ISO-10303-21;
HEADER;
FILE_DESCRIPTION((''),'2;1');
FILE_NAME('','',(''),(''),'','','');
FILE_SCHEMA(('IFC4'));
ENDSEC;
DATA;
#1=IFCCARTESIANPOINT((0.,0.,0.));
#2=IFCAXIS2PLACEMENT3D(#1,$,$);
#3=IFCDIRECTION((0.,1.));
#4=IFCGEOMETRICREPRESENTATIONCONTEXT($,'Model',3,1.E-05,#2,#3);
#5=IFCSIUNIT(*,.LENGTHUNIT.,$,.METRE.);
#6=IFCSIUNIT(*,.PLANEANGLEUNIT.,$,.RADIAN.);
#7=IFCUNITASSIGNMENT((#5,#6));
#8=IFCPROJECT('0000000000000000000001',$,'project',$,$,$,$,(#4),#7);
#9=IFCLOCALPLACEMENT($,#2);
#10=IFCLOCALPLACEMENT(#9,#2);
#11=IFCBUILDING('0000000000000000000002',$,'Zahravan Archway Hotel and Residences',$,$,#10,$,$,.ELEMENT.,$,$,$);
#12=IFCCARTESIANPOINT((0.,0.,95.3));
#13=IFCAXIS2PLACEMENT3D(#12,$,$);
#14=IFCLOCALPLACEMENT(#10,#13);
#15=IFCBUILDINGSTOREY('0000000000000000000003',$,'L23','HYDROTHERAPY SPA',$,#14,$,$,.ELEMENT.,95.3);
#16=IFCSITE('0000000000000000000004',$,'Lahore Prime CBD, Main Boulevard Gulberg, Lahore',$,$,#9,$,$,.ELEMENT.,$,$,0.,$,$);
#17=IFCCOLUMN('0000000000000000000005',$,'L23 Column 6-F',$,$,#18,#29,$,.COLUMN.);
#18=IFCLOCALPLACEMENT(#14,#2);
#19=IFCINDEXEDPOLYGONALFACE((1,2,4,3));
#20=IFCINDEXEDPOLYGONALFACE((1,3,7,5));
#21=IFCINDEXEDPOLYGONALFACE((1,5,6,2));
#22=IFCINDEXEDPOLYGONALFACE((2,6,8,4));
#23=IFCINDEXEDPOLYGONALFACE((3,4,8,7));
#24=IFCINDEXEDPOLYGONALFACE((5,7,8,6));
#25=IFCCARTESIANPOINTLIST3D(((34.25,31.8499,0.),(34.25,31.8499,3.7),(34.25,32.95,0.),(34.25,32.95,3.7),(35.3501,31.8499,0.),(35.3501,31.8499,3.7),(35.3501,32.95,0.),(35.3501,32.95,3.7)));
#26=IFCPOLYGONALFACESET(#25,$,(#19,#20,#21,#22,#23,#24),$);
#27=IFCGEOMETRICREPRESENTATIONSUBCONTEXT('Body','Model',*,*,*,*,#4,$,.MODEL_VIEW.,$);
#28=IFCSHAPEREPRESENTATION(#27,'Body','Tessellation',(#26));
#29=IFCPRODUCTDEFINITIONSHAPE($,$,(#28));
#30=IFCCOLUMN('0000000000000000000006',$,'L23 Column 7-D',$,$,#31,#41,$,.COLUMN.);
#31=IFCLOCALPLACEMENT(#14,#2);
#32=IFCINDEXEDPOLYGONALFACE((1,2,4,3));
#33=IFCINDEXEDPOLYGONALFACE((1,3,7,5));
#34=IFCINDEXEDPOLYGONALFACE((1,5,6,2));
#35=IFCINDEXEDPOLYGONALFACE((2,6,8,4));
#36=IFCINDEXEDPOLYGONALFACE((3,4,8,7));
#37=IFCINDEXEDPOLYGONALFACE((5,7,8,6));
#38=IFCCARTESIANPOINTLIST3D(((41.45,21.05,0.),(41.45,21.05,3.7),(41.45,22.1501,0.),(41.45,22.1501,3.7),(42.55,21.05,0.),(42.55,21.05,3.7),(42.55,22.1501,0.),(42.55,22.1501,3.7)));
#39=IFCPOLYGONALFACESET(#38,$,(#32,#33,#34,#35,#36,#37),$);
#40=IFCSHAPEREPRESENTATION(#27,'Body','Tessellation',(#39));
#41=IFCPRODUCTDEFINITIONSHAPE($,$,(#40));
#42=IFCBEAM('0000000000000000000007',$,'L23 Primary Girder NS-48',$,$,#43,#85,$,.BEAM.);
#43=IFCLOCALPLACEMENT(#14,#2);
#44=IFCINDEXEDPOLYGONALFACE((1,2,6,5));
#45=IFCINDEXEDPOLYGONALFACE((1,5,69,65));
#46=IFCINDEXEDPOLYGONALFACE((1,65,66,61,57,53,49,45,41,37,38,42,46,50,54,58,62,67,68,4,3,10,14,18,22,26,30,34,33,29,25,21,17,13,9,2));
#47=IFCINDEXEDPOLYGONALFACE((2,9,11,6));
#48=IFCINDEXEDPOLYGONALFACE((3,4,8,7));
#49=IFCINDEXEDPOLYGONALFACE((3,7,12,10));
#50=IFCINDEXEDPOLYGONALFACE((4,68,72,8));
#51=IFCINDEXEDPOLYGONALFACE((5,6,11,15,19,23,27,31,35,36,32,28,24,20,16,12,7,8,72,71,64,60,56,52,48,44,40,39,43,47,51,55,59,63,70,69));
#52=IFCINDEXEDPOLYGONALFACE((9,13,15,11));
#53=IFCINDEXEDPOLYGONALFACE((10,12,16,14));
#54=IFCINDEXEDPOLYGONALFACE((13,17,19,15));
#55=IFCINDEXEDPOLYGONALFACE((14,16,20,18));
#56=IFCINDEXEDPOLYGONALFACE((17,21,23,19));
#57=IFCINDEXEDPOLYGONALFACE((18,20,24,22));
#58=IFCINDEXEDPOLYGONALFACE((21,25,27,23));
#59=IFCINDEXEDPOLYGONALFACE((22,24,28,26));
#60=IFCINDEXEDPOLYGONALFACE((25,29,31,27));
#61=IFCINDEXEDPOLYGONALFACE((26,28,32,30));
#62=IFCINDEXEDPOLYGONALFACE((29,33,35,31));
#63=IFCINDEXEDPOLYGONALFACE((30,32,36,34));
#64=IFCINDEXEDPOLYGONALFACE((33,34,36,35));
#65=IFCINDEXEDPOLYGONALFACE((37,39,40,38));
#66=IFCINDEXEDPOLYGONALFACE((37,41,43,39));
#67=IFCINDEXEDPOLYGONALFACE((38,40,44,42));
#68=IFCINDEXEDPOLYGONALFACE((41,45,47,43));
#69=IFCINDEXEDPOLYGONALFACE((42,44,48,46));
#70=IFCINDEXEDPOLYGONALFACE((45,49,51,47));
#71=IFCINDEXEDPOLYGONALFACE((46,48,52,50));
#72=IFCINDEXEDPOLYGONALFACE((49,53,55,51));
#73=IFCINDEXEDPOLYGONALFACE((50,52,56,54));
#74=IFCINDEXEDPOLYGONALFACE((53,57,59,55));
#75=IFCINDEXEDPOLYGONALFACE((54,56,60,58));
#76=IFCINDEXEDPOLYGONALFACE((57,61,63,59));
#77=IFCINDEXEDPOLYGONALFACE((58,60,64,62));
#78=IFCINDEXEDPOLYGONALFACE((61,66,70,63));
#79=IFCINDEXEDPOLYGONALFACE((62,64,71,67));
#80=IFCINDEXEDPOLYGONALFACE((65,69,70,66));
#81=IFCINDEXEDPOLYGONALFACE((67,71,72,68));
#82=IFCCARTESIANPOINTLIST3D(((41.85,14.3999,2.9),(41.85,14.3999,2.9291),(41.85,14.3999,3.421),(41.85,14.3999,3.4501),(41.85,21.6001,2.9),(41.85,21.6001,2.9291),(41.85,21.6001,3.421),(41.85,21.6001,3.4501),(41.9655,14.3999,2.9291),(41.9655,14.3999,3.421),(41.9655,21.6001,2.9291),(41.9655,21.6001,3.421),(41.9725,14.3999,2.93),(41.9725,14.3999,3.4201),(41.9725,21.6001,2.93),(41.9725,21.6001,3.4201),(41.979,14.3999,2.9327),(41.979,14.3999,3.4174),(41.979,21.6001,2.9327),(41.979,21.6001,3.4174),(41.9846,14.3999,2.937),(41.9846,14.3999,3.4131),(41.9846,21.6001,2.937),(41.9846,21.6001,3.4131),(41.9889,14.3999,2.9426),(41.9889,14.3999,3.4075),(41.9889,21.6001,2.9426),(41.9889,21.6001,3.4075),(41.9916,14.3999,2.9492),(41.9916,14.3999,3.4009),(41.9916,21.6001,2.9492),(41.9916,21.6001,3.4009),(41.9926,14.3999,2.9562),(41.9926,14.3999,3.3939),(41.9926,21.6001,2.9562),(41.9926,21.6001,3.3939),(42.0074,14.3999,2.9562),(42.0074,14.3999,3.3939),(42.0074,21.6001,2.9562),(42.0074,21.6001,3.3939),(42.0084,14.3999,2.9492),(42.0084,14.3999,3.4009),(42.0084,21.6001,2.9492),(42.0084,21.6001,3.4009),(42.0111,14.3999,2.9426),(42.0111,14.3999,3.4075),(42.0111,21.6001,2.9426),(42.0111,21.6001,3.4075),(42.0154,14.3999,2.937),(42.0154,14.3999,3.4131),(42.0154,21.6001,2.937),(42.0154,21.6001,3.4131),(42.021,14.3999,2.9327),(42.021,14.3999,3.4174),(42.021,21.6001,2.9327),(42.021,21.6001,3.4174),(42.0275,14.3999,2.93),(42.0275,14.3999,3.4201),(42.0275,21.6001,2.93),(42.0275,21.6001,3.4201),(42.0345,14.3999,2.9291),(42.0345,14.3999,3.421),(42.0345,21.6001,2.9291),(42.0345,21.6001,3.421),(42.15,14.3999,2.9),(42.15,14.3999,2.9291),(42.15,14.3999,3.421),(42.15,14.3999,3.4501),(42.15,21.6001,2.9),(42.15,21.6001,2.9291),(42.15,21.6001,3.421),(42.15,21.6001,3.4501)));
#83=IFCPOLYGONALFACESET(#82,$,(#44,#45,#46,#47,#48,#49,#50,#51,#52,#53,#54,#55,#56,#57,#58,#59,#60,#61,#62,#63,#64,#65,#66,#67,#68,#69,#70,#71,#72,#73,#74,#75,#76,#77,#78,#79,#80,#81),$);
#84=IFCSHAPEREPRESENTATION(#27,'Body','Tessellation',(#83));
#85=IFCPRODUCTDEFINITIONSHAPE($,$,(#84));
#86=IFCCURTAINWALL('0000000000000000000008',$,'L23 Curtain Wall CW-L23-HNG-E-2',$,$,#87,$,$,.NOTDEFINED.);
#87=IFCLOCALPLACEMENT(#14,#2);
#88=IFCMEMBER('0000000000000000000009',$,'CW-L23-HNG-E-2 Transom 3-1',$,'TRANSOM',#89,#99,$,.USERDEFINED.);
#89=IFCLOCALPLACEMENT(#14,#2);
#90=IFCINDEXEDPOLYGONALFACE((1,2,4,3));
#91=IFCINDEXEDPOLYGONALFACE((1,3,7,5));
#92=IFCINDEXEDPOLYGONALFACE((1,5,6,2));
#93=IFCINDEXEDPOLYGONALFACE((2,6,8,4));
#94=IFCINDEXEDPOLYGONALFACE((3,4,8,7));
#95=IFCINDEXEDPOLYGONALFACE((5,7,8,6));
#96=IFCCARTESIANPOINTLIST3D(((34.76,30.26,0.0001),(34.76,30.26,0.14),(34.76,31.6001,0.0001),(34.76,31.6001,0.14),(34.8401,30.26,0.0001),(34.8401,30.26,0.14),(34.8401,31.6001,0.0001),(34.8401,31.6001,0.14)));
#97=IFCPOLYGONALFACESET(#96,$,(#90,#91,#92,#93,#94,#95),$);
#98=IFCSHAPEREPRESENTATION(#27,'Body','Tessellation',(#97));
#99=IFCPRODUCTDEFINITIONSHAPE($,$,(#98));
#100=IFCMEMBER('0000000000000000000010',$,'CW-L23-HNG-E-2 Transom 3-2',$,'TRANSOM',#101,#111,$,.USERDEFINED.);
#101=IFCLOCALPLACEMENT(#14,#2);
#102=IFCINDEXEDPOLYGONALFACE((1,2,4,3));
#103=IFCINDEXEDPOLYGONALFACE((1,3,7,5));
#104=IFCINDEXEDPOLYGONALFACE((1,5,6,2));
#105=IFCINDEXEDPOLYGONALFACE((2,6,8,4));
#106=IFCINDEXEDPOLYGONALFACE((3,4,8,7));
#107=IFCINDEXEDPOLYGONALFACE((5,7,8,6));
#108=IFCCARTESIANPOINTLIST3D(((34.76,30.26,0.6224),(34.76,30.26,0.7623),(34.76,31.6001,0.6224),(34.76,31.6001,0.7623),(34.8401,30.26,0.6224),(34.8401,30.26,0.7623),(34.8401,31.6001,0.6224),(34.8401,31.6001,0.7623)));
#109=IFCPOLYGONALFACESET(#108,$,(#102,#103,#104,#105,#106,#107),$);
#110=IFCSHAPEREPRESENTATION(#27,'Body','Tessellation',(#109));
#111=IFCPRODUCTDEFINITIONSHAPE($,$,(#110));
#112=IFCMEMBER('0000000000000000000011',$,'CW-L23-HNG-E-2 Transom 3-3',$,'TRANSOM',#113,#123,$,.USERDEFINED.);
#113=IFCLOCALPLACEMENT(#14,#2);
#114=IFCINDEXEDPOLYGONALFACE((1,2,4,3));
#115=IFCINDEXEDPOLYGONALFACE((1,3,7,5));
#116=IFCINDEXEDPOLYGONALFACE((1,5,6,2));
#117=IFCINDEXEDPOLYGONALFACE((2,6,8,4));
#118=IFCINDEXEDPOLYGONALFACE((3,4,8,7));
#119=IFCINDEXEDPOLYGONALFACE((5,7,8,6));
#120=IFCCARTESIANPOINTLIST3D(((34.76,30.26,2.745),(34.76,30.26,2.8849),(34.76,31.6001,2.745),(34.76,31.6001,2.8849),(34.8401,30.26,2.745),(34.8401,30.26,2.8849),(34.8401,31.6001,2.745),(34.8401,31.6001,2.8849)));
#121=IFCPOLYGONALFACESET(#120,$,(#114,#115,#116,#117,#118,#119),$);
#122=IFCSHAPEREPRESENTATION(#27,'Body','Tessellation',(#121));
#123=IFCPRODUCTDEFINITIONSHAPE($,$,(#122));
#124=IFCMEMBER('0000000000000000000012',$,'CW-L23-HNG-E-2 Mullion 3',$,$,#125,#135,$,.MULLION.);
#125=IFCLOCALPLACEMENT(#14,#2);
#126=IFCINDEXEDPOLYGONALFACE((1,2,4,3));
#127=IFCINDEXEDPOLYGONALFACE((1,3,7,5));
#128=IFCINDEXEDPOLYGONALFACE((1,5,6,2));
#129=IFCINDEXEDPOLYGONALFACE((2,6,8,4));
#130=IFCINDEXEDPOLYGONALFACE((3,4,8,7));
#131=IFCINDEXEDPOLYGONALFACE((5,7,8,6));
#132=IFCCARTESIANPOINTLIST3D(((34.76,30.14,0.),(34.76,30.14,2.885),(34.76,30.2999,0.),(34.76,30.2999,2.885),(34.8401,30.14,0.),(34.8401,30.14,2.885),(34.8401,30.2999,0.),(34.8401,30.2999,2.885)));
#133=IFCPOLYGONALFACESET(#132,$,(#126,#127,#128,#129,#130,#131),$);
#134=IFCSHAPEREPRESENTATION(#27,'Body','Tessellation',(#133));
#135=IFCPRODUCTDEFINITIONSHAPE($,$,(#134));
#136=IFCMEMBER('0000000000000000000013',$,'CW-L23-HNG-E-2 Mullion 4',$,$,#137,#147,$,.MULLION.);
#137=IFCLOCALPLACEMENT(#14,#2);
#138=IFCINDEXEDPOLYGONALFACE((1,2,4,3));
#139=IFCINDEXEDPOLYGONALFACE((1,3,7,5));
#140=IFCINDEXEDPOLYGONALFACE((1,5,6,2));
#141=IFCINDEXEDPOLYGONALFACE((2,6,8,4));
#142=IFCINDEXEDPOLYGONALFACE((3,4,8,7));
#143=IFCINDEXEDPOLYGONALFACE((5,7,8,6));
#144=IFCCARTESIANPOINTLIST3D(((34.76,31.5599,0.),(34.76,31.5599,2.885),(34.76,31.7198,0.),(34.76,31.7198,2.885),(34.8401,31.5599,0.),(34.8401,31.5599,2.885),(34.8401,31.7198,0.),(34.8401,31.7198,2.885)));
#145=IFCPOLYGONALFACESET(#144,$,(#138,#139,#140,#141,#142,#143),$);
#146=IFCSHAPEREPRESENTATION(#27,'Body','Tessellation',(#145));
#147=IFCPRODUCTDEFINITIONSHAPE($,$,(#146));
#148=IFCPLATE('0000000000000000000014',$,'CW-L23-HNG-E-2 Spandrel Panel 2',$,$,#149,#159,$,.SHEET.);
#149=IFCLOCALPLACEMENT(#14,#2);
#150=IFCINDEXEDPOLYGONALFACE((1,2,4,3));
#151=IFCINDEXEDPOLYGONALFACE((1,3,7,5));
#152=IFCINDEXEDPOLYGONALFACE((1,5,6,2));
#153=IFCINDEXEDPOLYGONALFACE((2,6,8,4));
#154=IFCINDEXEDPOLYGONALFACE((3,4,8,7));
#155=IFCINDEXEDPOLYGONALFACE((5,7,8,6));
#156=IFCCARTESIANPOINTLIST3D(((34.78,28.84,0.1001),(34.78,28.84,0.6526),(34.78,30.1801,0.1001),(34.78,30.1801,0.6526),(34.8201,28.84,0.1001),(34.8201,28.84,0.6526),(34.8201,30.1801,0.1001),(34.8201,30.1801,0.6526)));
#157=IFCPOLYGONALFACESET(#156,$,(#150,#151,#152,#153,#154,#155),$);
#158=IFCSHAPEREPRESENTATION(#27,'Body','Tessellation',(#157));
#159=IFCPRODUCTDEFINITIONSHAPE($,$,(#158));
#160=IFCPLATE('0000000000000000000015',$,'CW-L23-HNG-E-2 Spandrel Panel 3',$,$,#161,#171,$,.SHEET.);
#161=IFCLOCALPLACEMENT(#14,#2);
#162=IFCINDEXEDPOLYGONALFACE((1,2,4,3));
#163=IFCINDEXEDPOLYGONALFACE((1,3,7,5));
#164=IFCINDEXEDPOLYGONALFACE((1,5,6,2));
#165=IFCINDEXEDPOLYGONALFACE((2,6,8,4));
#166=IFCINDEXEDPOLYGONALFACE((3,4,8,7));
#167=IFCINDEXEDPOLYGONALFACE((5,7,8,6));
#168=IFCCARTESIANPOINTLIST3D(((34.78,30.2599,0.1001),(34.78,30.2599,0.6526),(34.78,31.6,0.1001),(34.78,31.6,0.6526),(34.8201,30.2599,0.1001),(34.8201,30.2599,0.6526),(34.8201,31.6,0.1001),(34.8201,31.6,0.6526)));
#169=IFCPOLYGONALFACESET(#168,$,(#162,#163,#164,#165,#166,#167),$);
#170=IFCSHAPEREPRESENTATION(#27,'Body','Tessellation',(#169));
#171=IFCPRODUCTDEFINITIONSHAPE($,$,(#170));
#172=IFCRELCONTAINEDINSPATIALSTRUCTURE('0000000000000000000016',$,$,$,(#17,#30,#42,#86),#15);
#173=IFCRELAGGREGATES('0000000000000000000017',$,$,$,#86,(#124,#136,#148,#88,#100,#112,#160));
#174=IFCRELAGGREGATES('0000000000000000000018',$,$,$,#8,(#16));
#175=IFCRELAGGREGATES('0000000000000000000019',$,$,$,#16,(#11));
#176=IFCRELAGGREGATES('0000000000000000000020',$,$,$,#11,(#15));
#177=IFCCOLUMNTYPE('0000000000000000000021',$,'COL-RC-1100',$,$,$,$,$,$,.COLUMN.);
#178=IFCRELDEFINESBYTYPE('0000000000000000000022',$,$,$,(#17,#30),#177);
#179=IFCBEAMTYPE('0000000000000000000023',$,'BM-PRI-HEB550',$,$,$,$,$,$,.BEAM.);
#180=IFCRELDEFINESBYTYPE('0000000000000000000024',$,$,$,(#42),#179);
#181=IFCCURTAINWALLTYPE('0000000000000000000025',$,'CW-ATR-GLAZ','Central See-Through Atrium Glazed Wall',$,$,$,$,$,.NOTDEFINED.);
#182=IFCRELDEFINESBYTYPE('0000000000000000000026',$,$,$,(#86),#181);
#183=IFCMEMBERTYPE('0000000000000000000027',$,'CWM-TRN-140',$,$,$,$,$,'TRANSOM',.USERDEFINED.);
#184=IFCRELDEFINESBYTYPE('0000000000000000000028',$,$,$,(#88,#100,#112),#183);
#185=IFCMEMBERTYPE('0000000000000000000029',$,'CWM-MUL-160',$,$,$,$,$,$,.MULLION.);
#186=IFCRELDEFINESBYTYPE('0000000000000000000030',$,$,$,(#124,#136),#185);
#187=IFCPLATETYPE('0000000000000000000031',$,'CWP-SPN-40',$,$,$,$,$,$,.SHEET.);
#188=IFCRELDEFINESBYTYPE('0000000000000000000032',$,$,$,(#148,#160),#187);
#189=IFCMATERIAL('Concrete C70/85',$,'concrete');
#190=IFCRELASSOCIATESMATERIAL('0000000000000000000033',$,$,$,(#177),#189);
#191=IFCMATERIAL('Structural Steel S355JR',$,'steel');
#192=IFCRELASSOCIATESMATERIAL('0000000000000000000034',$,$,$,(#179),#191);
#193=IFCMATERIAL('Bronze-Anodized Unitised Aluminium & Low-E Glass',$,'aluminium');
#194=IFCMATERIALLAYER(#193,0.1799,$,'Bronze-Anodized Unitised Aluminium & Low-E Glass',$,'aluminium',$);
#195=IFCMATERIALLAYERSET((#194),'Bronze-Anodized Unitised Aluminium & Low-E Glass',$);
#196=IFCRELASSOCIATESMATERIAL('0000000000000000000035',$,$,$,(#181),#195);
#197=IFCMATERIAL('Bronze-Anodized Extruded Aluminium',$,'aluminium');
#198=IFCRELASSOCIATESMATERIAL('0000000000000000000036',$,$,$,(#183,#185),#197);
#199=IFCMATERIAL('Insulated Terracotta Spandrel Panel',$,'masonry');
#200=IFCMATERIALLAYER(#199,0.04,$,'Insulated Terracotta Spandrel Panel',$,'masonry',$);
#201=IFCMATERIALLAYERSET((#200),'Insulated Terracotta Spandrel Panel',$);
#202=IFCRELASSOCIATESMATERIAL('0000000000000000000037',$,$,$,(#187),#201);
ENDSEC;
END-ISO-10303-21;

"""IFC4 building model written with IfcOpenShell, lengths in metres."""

from ifc_helpers import new_model, si_unit, direction, frame, origin, origin_2d, place, context, subcontext, project, spatial, rectangle, i_section, extrude, source, transform, mapped, material, layer, layer_set, material_profile, profile_set, type_object, type_shapes, element, aggregate, save


model = new_model("IFC4")

# Units and contexts
model_context = context("Model", 3, precision=1e-05, world=origin(), true_north=direction((0.0, 1.0)))
body_context = subcontext(model_context, "Body", "Model", "MODEL_VIEW")
ifc_project = project(units=[si_unit("LENGTHUNIT", "METRE"), si_unit("PLANEANGLEUNIT", "RADIAN")], contexts=[model_context])

# Site, building, storey
site_placement = place(None, origin())
site = spatial("IfcSite", under=ifc_project, at=site_placement, Name="Lahore Prime CBD, Main Boulevard Gulberg, Lahore", CompositionType="ELEMENT", RefElevation=0.0)
building_placement = place(site_placement, origin())
building = spatial("IfcBuilding", under=site, at=building_placement, Name="Zahravan Archway Hotel and Residences", CompositionType="ELEMENT")
storey_placement = place(building_placement, frame((0.0, 0.0, 95.3)))
storey = spatial("IfcBuildingStorey", under=building, at=storey_placement, Name="L23", Description="HYDROTHERAPY SPA", CompositionType="ELEMENT", Elevation=95.3)

# Columns
ifc_material_1 = material(Name="Concrete C70/85", Category="concrete")
ifc_material_profile_1 = material_profile(ifc_material_1, rectangle(XDim=1.1001, YDim=1.1001, at=origin_2d()), Name="RC 1100x1100", Category="concrete")
ifc_profile_set_1 = profile_set([ifc_material_profile_1], Name="Concrete C70/85")
column_type = type_object("IfcColumnType", Name="COL-RC-1100", PredefinedType="COLUMN", material=ifc_profile_set_1)
shared_shape_1 = source(origin(), body_context, "Body", "SweptSolid", [
    extrude(rectangle(XDim=1.1001, YDim=1.1001, at=origin_2d()), origin(), (0.0, 0.0, 1.0), 3.7),
])
for number, where, z_axis, x_axis, name in (
    (1, (34.8, 32.3999, 0.0), (0.0, 0.0, 1.0), (1.0, 0.0, 0.0), "L23 Column 6-F"),
    (2, (42.0, 21.6001, 0.0), (0.0, 0.0, 1.0), (1.0, 0.0, 0.0), "L23 Column 7-D"),
):
    element("IfcColumn", number, at=place(storey_placement, frame(where, z_axis=z_axis, x_axis=x_axis)), inside=storey, type_object=column_type, Name=name, PredefinedType="COLUMN", context=body_context, shape_type="MappedRepresentation", body=[
        mapped(shared_shape_1, transform((0.0, 0.0, 0.0), scale=1.0)),
    ])

# Beam
ifc_material_2 = material(Name="Structural Steel S355JR", Category="steel")
ifc_material_profile_2 = material_profile(ifc_material_2, i_section(OverallWidth=0.3, OverallDepth=0.55, WebThickness=0.0149, FlangeThickness=0.0291, FilletRadius=0.0271, at=origin_2d()), Name="HEB 550", Category="steel")
ifc_profile_set_2 = profile_set([ifc_material_profile_2], Name="Structural Steel S355JR")
beam_type = type_object("IfcBeamType", Name="BM-PRI-HEB550", PredefinedType="BEAM", material=ifc_profile_set_2)
shared_shape_2 = source(origin(), body_context, "Body", "SweptSolid", [
    extrude(i_section(OverallWidth=0.3, OverallDepth=0.55, WebThickness=0.0149, FlangeThickness=0.0291, FilletRadius=0.0271, at=origin_2d()), origin(), (0.0, 0.0, 1.0), 7.2002),
])
type_shapes(beam_type, [shared_shape_2])
beam_placement = place(storey_placement, frame((42.0, 14.3999, 3.175), z_axis=(0.0, 1.0, 0.0), x_axis=(-1.0, 0.0, 0.0)))
element("IfcBeam", 3, at=beam_placement, inside=storey, type_object=beam_type, Name="L23 Primary Girder NS-48", PredefinedType="BEAM", context=body_context, shape_type="MappedRepresentation", body=[
    mapped(shared_shape_2, transform((0.0, 0.0, 0.0), scale=1.0)),
])

# Curtain wall, members, plates
ifc_material_3 = material(Name="Bronze-Anodized Unitised Aluminium & Low-E Glass", Category="aluminium")
ifc_layer_1 = layer(ifc_material_3, 0.1799, Name="Bronze-Anodized Unitised Aluminium & Low-E Glass", Category="aluminium")
ifc_layer_set_1 = layer_set([ifc_layer_1], Name="Bronze-Anodized Unitised Aluminium & Low-E Glass")
curtain_wall_type = type_object("IfcCurtainWallType", Name="CW-ATR-GLAZ", Description="Central See-Through Atrium Glazed Wall", PredefinedType="NOTDEFINED", material=ifc_layer_set_1)
curtain_wall_placement = place(storey_placement, origin())
curtain_wall = element("IfcCurtainWall", 4, at=curtain_wall_placement, inside=storey, type_object=curtain_wall_type, Name="L23 Curtain Wall CW-L23-HNG-E-2", PredefinedType="NOTDEFINED")
ifc_material_4 = material(Name="Bronze-Anodized Extruded Aluminium", Category="aluminium")
ifc_material_profile_3 = material_profile(ifc_material_4, rectangle(XDim=0.0801, YDim=0.1399, at=origin_2d()), Name="TRN 80x140", Category="aluminium")
ifc_profile_set_3 = profile_set([ifc_material_profile_3], Name="Bronze-Anodized Extruded Aluminium")
member_type_1 = type_object("IfcMemberType", Name="CWM-TRN-140", ElementType="TRANSOM", PredefinedType="USERDEFINED", material=ifc_profile_set_3)
shared_shape_3 = source(origin(), body_context, "Body", "SweptSolid", [
    extrude(rectangle(XDim=0.0801, YDim=0.1399, at=origin_2d()), origin(), (0.0, 0.0, 1.0), 1.3401),
])
member_1_placement = place(storey_placement, frame((34.8, 30.26, 0.0701), z_axis=(0.0, 1.0, 0.0), x_axis=(-1.0, 0.0, 0.0)))
member_1 = element("IfcMember", 5, at=member_1_placement, type_object=member_type_1, Name="CW-L23-HNG-E-2 Transom 3-1", ObjectType="TRANSOM", PredefinedType="USERDEFINED", context=body_context, shape_type="MappedRepresentation", body=[
    mapped(shared_shape_3, transform((0.0, 0.0, 0.0), scale=1.0)),
])
member_2_placement = place(storey_placement, frame((34.8, 30.26, 0.6924), z_axis=(0.0, 1.0, 0.0), x_axis=(-1.0, 0.0, 0.0)))
member_2 = element("IfcMember", 6, at=member_2_placement, type_object=member_type_1, Name="CW-L23-HNG-E-2 Transom 3-2", ObjectType="TRANSOM", PredefinedType="USERDEFINED", context=body_context, shape_type="MappedRepresentation", body=[
    mapped(shared_shape_3, transform((0.0, 0.0, 0.0), scale=1.0)),
])
member_3_placement = place(storey_placement, frame((34.8, 30.26, 2.8149), z_axis=(0.0, 1.0, 0.0), x_axis=(-1.0, 0.0, 0.0)))
member_3 = element("IfcMember", 7, at=member_3_placement, type_object=member_type_1, Name="CW-L23-HNG-E-2 Transom 3-3", ObjectType="TRANSOM", PredefinedType="USERDEFINED", context=body_context, shape_type="MappedRepresentation", body=[
    mapped(shared_shape_3, transform((0.0, 0.0, 0.0), scale=1.0)),
])
ifc_material_profile_4 = material_profile(ifc_material_4, rectangle(XDim=0.0801, YDim=0.1599, at=origin_2d()), Name="MUL 80x160", Category="aluminium")
ifc_profile_set_4 = profile_set([ifc_material_profile_4], Name="Bronze-Anodized Extruded Aluminium")
member_type_2 = type_object("IfcMemberType", Name="CWM-MUL-160", PredefinedType="MULLION", material=ifc_profile_set_4)
shared_shape_4 = source(origin(), body_context, "Body", "SweptSolid", [
    extrude(rectangle(XDim=0.0801, YDim=0.1599, at=origin_2d()), origin(), (0.0, 0.0, 1.0), 2.885),
])
member_4_placement = place(storey_placement, frame((34.8, 30.22, 0.0), z_axis=(0.0, 0.0, 1.0), x_axis=(1.0, 0.0, 0.0)))
member_4 = element("IfcMember", 8, at=member_4_placement, type_object=member_type_2, Name="CW-L23-HNG-E-2 Mullion 3", PredefinedType="MULLION", context=body_context, shape_type="MappedRepresentation", body=[
    mapped(shared_shape_4, transform((0.0, 0.0, 0.0), scale=1.0)),
])
member_5_placement = place(storey_placement, frame((34.8, 31.6399, 0.0), z_axis=(0.0, 0.0, 1.0), x_axis=(1.0, 0.0, 0.0)))
member_5 = element("IfcMember", 9, at=member_5_placement, type_object=member_type_2, Name="CW-L23-HNG-E-2 Mullion 4", PredefinedType="MULLION", context=body_context, shape_type="MappedRepresentation", body=[
    mapped(shared_shape_4, transform((0.0, 0.0, 0.0), scale=1.0)),
])
ifc_material_5 = material(Name="Insulated Terracotta Spandrel Panel", Category="masonry")
ifc_layer_2 = layer(ifc_material_5, 0.04, Name="Insulated Terracotta Spandrel Panel", Category="masonry")
ifc_layer_set_2 = layer_set([ifc_layer_2], Name="Insulated Terracotta Spandrel Panel")
plate_type_1 = type_object("IfcPlateType", Name="CWP-SPN-40", PredefinedType="SHEET", material=ifc_layer_set_2)
shared_shape_5 = source(origin(), body_context, "Body", "SweptSolid", [
    extrude(rectangle(XDim=1.3401, YDim=0.04, at=origin_2d()), origin(), (0.0, 0.0, 1.0), 0.5525),
])
plate_1_placement = place(storey_placement, frame((34.8, 29.51, 0.1001), z_axis=(0.0, 0.0, 1.0), x_axis=(0.0, 1.0, 0.0)))
plate_1 = element("IfcPlate", 10, at=plate_1_placement, type_object=plate_type_1, Name="CW-L23-HNG-E-2 Spandrel Panel 2", PredefinedType="SHEET", context=body_context, shape_type="MappedRepresentation", body=[
    mapped(shared_shape_5, transform((0.0, 0.0, 0.0), scale=1.0)),
])
plate_2_placement = place(storey_placement, frame((34.8, 30.9299, 0.1001), z_axis=(0.0, 0.0, 1.0), x_axis=(0.0, 1.0, 0.0)))
plate_2 = element("IfcPlate", 11, at=plate_2_placement, type_object=plate_type_1, Name="CW-L23-HNG-E-2 Spandrel Panel 3", PredefinedType="SHEET", context=body_context, shape_type="MappedRepresentation", body=[
    mapped(shared_shape_5, transform((0.0, 0.0, 0.0), scale=1.0)),
])
aggregate(curtain_wall, [member_4, member_5, plate_1, member_1, member_2, member_3, plate_2])

save(model, "model.ifc")
